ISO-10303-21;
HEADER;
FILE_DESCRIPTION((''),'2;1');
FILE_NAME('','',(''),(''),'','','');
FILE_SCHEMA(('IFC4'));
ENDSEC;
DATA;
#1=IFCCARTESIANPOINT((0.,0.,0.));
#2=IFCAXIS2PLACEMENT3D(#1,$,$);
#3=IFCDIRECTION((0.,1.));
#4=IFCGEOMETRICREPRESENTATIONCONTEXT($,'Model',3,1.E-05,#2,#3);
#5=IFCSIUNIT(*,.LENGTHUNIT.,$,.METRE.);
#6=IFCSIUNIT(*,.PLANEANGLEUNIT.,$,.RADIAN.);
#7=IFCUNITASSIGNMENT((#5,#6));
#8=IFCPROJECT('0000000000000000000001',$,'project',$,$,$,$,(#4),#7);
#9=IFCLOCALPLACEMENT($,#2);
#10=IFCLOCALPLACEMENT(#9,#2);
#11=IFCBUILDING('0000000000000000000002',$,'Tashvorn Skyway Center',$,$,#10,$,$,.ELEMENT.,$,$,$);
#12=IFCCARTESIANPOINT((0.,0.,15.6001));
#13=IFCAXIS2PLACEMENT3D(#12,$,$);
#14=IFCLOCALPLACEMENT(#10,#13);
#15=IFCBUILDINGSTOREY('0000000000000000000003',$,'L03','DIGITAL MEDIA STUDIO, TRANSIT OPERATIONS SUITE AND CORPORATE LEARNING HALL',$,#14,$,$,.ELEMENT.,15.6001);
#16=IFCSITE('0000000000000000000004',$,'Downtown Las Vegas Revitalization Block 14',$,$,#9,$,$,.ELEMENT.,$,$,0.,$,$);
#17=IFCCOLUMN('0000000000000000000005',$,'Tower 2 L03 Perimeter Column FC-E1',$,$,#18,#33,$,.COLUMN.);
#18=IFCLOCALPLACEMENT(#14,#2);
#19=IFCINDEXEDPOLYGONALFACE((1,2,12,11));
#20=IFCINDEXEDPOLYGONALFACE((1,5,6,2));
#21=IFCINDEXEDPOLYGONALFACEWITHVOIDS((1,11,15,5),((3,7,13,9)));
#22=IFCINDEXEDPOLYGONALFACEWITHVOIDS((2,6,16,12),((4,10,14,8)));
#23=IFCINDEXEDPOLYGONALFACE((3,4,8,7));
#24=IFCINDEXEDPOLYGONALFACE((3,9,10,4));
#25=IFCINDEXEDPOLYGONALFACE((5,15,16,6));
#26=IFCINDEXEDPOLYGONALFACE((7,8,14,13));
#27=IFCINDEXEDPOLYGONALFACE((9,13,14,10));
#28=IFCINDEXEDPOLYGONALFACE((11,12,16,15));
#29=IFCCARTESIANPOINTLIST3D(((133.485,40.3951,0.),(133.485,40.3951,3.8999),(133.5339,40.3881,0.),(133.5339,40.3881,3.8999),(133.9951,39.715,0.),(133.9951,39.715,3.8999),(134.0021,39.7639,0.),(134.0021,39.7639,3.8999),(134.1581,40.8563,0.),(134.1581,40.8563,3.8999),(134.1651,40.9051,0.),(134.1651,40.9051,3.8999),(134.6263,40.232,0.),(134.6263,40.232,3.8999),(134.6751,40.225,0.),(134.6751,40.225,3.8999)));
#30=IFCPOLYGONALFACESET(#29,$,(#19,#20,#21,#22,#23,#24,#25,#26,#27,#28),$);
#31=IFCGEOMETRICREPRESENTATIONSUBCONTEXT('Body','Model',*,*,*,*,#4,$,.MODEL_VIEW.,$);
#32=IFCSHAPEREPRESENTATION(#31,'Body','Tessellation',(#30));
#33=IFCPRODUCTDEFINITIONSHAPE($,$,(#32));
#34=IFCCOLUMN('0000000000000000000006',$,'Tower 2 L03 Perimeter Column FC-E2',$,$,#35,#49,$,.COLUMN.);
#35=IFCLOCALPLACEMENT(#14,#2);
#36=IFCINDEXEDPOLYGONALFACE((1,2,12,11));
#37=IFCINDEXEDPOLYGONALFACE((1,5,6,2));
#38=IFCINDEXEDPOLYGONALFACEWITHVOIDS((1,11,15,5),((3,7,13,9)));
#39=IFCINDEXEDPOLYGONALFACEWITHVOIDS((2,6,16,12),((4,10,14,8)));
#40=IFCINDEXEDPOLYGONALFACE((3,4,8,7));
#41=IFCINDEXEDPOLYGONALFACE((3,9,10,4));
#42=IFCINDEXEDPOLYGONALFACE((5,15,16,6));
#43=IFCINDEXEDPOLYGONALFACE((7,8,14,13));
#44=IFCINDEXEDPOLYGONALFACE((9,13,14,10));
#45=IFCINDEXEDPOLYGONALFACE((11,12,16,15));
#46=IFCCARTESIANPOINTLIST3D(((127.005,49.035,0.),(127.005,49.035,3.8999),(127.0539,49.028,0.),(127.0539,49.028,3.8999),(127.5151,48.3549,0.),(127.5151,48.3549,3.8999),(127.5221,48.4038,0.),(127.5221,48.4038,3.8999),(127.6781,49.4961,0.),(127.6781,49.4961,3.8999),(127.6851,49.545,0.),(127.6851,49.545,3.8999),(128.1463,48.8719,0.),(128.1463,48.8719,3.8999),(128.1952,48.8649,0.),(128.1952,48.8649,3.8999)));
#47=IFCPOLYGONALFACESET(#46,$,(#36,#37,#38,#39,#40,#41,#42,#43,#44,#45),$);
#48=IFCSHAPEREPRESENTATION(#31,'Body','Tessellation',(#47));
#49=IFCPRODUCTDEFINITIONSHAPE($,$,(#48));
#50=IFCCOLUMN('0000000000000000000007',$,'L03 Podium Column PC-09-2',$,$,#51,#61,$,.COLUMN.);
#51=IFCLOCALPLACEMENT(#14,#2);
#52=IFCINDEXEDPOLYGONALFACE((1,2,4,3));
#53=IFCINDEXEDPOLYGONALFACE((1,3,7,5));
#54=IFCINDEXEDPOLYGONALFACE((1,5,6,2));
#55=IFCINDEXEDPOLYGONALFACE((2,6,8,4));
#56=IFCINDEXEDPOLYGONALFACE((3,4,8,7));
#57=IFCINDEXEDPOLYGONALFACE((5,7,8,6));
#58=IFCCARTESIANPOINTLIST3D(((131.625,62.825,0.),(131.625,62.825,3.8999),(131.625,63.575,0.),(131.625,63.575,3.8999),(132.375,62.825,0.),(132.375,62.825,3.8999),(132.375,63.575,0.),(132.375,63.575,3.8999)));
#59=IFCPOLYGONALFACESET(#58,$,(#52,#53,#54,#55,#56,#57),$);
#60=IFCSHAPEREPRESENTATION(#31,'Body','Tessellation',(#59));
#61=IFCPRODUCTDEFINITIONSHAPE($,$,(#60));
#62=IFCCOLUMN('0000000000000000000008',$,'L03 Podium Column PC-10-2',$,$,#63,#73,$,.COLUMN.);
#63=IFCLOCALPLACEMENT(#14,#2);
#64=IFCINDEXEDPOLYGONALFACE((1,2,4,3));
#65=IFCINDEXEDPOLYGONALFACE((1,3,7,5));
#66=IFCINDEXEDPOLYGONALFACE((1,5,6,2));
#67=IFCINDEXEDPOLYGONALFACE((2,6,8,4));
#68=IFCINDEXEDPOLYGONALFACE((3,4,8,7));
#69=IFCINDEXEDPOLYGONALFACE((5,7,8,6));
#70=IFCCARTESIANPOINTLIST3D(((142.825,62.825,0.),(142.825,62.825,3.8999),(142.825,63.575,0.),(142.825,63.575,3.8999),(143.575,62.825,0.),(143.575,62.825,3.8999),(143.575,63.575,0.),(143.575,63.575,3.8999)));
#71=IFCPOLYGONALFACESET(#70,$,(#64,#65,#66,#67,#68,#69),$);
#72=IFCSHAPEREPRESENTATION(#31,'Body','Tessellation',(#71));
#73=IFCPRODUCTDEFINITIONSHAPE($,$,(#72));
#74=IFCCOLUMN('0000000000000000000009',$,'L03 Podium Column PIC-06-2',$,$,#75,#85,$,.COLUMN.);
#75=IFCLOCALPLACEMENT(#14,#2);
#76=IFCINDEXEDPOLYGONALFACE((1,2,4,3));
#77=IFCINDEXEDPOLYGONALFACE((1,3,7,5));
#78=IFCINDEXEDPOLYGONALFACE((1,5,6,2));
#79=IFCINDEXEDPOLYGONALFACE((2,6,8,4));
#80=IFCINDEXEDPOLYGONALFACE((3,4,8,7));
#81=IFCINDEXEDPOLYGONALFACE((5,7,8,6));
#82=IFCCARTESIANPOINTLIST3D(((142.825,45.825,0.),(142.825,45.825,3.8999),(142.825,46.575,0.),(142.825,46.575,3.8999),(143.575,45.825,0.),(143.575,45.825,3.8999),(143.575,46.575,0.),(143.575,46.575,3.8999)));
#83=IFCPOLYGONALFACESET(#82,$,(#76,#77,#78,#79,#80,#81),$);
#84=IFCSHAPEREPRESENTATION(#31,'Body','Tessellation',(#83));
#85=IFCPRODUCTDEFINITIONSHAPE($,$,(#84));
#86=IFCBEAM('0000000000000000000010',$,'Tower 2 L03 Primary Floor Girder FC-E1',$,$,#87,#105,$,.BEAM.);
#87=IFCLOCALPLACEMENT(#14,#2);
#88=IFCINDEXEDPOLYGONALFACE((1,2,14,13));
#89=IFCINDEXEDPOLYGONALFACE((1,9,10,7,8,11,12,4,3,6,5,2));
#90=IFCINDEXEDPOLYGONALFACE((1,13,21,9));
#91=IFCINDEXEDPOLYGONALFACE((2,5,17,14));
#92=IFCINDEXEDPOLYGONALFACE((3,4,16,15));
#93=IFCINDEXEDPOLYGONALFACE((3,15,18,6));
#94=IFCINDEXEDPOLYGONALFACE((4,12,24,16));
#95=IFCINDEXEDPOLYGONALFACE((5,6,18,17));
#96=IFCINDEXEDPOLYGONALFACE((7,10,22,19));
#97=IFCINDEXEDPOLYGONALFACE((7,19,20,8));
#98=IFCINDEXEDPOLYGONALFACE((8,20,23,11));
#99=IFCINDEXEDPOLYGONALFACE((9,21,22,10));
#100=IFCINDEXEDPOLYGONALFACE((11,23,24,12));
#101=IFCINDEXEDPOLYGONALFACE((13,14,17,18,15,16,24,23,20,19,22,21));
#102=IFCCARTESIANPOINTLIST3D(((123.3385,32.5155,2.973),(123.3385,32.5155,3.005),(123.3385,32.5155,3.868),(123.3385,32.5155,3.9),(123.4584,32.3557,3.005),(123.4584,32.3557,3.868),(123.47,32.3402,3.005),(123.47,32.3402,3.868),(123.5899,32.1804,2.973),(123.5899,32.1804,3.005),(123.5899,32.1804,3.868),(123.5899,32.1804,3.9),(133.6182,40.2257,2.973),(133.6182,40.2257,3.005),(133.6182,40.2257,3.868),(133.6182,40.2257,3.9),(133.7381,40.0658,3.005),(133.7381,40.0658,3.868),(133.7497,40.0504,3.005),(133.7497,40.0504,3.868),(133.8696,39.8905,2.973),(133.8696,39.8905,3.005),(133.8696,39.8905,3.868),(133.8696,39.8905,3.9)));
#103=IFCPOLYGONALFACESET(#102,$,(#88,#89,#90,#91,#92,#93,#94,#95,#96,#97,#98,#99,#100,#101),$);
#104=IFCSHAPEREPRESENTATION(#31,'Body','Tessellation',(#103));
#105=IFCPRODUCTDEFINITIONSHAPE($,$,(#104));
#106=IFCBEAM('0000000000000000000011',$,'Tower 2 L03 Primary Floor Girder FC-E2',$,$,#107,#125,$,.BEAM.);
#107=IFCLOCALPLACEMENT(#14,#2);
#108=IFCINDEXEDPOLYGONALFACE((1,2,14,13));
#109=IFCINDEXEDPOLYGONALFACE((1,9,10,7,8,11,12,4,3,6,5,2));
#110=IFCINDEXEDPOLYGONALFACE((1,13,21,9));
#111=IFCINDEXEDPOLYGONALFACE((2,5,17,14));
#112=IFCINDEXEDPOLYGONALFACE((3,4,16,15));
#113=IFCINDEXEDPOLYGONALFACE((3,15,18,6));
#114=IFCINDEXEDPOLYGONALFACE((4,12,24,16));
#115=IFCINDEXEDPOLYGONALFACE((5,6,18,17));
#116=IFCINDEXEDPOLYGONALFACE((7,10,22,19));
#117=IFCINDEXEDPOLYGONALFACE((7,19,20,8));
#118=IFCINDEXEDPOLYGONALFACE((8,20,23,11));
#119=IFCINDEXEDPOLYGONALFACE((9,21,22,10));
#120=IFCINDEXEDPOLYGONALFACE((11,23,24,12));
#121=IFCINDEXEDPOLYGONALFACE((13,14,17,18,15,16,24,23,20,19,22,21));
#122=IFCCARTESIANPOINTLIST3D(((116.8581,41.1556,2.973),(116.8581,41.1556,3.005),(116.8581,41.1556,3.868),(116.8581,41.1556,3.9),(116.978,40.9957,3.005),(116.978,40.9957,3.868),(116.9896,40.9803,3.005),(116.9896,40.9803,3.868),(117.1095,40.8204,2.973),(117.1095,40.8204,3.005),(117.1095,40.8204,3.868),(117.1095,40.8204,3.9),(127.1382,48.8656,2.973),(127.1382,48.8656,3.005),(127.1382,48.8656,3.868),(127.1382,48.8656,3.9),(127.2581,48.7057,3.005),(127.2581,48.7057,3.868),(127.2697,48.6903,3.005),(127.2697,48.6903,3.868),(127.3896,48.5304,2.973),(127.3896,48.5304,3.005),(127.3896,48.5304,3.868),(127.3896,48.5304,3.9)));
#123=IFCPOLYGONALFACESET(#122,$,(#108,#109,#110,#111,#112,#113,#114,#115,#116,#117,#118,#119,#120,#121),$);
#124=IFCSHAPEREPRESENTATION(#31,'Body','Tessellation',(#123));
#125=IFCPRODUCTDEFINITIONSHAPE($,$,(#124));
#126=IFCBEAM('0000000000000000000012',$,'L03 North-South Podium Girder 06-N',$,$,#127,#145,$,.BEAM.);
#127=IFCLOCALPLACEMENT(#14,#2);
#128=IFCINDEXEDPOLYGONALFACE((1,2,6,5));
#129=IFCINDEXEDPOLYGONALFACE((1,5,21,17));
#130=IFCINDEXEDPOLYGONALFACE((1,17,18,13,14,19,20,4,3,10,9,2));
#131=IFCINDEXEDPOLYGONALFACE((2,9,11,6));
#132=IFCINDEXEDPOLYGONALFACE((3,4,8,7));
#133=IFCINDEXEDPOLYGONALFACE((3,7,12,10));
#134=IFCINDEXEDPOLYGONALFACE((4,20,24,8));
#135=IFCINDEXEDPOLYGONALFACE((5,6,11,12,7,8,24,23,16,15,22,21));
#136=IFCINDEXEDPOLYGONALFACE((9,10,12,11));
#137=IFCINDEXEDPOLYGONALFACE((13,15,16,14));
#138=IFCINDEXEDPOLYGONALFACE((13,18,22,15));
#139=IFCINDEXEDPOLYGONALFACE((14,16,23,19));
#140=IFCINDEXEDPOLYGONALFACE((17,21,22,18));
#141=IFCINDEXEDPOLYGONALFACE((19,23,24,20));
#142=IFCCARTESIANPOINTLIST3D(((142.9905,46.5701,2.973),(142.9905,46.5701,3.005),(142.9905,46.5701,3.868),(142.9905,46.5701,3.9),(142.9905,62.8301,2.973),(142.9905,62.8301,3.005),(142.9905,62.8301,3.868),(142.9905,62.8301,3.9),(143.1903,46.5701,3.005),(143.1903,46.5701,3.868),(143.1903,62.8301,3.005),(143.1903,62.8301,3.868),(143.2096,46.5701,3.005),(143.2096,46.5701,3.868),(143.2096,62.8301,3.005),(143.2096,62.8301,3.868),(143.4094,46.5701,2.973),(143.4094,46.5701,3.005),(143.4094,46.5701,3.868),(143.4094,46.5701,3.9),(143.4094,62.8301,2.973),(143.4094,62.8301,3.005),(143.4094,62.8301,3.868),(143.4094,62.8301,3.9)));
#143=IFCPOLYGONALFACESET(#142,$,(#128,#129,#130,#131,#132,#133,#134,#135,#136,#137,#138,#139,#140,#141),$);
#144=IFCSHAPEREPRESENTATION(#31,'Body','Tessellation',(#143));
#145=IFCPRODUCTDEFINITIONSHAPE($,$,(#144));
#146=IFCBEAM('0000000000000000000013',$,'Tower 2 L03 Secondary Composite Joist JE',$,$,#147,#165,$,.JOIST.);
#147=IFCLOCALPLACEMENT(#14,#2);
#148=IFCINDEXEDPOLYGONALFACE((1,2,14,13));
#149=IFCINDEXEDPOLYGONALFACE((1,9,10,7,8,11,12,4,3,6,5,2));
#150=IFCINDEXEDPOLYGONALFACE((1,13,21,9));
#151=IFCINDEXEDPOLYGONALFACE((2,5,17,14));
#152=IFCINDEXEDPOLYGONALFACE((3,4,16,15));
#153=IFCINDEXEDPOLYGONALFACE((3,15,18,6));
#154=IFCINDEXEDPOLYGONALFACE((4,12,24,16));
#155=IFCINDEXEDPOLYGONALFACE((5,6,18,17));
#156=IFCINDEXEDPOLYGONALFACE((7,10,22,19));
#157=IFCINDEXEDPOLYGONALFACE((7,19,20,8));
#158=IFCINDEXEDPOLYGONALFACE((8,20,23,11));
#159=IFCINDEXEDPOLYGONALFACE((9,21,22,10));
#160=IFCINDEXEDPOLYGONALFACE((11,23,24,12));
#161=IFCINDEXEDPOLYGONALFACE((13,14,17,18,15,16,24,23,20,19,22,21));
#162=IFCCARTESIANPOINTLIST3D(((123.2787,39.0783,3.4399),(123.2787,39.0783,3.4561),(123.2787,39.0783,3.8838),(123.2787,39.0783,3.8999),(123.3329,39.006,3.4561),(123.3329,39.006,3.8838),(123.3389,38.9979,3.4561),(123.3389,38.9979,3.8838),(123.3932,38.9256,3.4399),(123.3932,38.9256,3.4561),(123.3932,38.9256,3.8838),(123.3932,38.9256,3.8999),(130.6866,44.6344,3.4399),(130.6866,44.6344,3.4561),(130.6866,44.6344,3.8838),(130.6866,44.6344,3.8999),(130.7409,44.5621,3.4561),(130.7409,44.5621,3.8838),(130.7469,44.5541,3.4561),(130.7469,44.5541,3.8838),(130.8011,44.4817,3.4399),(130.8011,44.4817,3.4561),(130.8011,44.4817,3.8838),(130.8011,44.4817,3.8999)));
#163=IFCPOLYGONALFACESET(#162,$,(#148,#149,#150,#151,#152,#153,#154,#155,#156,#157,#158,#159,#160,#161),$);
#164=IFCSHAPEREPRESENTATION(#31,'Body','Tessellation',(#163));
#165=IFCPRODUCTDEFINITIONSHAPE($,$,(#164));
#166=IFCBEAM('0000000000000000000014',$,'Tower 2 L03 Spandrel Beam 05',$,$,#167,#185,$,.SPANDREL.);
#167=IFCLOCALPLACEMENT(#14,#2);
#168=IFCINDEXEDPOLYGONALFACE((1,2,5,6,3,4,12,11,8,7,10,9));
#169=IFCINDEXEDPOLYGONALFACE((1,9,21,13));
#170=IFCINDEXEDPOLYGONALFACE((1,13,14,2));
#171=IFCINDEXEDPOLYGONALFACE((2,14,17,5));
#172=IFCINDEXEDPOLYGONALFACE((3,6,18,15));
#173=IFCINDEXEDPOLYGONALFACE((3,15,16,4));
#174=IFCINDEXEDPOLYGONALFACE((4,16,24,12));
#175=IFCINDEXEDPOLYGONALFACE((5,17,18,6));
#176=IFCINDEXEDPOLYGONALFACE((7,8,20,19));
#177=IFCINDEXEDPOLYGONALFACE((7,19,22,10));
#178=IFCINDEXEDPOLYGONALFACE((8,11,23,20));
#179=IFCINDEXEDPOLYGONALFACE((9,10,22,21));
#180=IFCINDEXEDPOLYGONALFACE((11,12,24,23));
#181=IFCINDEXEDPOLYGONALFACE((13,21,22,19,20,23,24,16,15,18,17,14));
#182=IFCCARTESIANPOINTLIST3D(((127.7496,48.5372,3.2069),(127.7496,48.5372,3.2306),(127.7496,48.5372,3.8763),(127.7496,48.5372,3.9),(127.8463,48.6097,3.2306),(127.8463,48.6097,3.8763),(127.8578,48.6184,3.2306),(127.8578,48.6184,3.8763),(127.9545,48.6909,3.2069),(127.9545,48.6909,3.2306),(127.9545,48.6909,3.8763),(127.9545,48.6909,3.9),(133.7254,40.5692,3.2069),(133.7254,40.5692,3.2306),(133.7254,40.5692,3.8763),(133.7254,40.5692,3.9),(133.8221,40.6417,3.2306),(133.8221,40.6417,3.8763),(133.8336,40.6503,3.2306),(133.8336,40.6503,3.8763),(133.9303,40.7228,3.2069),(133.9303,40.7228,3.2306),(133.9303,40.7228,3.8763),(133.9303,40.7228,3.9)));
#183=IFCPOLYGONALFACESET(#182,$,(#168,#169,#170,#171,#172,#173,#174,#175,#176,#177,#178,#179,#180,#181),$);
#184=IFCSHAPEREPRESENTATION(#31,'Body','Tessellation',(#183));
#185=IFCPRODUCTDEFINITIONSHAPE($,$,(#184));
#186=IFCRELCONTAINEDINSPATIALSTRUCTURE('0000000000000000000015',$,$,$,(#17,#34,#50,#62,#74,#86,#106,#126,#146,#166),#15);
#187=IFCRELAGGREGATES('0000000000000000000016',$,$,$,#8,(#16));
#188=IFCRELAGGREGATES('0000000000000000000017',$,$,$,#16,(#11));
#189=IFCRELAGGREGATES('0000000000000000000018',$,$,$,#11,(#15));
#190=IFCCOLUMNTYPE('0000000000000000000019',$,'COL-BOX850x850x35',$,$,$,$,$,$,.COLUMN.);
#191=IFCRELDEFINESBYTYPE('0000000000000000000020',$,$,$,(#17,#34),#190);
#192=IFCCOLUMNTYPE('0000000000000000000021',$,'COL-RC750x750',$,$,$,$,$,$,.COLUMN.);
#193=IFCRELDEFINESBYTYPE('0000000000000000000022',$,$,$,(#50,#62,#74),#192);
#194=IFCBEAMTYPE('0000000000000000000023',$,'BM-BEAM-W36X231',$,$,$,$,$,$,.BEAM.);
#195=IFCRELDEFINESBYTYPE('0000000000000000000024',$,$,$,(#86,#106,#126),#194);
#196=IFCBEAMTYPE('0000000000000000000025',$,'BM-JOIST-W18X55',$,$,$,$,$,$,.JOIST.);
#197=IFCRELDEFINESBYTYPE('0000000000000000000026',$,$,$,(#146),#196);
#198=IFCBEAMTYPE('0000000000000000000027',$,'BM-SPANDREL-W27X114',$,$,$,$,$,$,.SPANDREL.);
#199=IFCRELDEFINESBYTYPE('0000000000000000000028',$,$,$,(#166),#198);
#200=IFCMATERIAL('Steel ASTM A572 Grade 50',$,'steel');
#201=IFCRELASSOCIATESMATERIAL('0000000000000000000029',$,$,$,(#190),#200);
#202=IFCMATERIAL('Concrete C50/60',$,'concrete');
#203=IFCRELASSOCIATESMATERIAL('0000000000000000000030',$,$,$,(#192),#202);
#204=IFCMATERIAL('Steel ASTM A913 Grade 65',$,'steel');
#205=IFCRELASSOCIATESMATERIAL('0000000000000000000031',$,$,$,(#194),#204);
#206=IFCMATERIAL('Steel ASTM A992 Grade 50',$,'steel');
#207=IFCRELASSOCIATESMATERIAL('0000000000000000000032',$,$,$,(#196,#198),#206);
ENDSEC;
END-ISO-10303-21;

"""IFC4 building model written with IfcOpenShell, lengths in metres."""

from ifc_helpers import new_model, si_unit, direction, frame, origin, origin_2d, place, context, subcontext, project, spatial, rectangle, hollow_rectangle, i_section, extrude, material, material_profile, profile_set, type_object, element, save


model = new_model("IFC4")

# Units and contexts
model_context = context("Model", 3, precision=1e-05, world=origin(), true_north=direction((0.0, 1.0)))
body_context = subcontext(model_context, "Body", "Model", "MODEL_VIEW")
ifc_project = project(units=[si_unit("LENGTHUNIT", "METRE"), si_unit("PLANEANGLEUNIT", "RADIAN")], contexts=[model_context])

# Site, building, storey
site_placement = place(None, origin())
site = spatial("IfcSite", under=ifc_project, at=site_placement, Name="Downtown Las Vegas Revitalization Block 14", CompositionType="ELEMENT", RefElevation=0.0)
building_placement = place(site_placement, origin())
building = spatial("IfcBuilding", under=site, at=building_placement, Name="Tashvorn Skyway Center", CompositionType="ELEMENT")
storey_placement = place(building_placement, frame((0.0, 0.0, 15.6001)))
storey = spatial("IfcBuildingStorey", under=building, at=storey_placement, Name="L03", Description="DIGITAL MEDIA STUDIO, TRANSIT OPERATIONS SUITE AND CORPORATE LEARNING HALL", CompositionType="ELEMENT", Elevation=15.6001)

# Columns
ifc_material_1 = material(Name="Steel ASTM A572 Grade 50", Category="steel")
ifc_material_profile_1 = material_profile(ifc_material_1, hollow_rectangle(XDim=0.8501, YDim=0.8501, WallThickness=0.0349, at=origin_2d()), Name="BOX850x850x35")
ifc_profile_set_1 = profile_set([ifc_material_profile_1], Name="Steel ASTM A572 Grade 50")
column_type_1 = type_object("IfcColumnType", Name="COL-BOX850x850x35", PredefinedType="COLUMN", material=ifc_profile_set_1)
for number, where, z_axis, x_axis, name in (
    (1, (134.0801, 40.3101, 0.0), (0.0, 0.0, 1.0), (0.8, 0.6, 0.0), "Tower 2 L03 Perimeter Column FC-E1"),
    (2, (127.6001, 48.95, 0.0), (0.0, 0.0, 1.0), (0.8, 0.6, 0.0), "Tower 2 L03 Perimeter Column FC-E2"),
):
    element("IfcColumn", number, at=place(storey_placement, frame(where, z_axis=z_axis, x_axis=x_axis)), inside=storey, type_object=column_type_1, Name=name, PredefinedType="COLUMN", context=body_context, shape_type="SweptSolid", body=[
        extrude(hollow_rectangle(XDim=0.8501, YDim=0.8501, WallThickness=0.0349, at=origin_2d()), origin(), (0.0, 0.0, 1.0), 3.8999),
    ])
ifc_material_2 = material(Name="Concrete C50/60", Category="concrete")
ifc_material_profile_2 = material_profile(ifc_material_2, rectangle(XDim=0.75, YDim=0.75, at=origin_2d()), Name="RC750x750")
ifc_profile_set_2 = profile_set([ifc_material_profile_2], Name="Concrete C50/60")
column_type_2 = type_object("IfcColumnType", Name="COL-RC750x750", PredefinedType="COLUMN", material=ifc_profile_set_2)
for number, where, z_axis, x_axis, name in (
    (3, (132.0, 63.2, 0.0), (0.0, 0.0, 1.0), (1.0, 0.0, 0.0), "L03 Podium Column PC-09-2"),
    (4, (143.2, 63.2, 0.0), (0.0, 0.0, 1.0), (1.0, 0.0, 0.0), "L03 Podium Column PC-10-2"),
    (5, (143.2, 46.2, 0.0), (0.0, 0.0, 1.0), (1.0, 0.0, 0.0), "L03 Podium Column PIC-06-2"),
):
    element("IfcColumn", number, at=place(storey_placement, frame(where, z_axis=z_axis, x_axis=x_axis)), inside=storey, type_object=column_type_2, Name=name, PredefinedType="COLUMN", context=body_context, shape_type="SweptSolid", body=[
        extrude(rectangle(XDim=0.75, YDim=0.75, at=origin_2d()), origin(), (0.0, 0.0, 1.0), 3.8999),
    ])

# Beams
ifc_material_3 = material(Name="Steel ASTM A913 Grade 65", Category="steel")
ifc_material_profile_3 = material_profile(ifc_material_3, i_section(OverallWidth=0.4189, OverallDepth=0.927, WebThickness=0.0193, FlangeThickness=0.032, at=origin_2d()), Name="W36X231")
ifc_profile_set_3 = profile_set([ifc_material_profile_3], Name="Steel ASTM A913 Grade 65")
beam_type_1 = type_object("IfcBeamType", Name="BM-BEAM-W36X231", PredefinedType="BEAM", material=ifc_profile_set_3)
beam_1_placement = place(storey_placement, frame((133.7439, 40.0581, 3.4365), z_axis=(-0.799986, -0.600018, 0.0), x_axis=(0.600018, -0.799986, 0.0)))
element("IfcBeam", 6, at=beam_1_placement, inside=storey, type_object=beam_type_1, Name="Tower 2 L03 Primary Floor Girder FC-E1", PredefinedType="BEAM", context=body_context, shape_type="SweptSolid", body=[
    extrude(i_section(OverallWidth=0.4189, OverallDepth=0.927, WebThickness=0.0193, FlangeThickness=0.032, at=origin_2d()), origin(), (0.0, 0.0, 1.0), 12.8499),
])
beam_2_placement = place(storey_placement, frame((127.2639, 48.698, 3.4365), z_axis=(-0.800002, -0.599997, 0.0), x_axis=(0.599997, -0.800002, 0.0)))
element("IfcBeam", 7, at=beam_2_placement, inside=storey, type_object=beam_type_1, Name="Tower 2 L03 Primary Floor Girder FC-E2", PredefinedType="BEAM", context=body_context, shape_type="SweptSolid", body=[
    extrude(i_section(OverallWidth=0.4189, OverallDepth=0.927, WebThickness=0.0193, FlangeThickness=0.032, at=origin_2d()), origin(), (0.0, 0.0, 1.0), 12.8501),
])
beam_3_placement = place(storey_placement, frame((143.2, 46.5701, 3.4365), z_axis=(0.0, 1.0, 0.0), x_axis=(-1.0, 0.0, 0.0)))
element("IfcBeam", 8, at=beam_3_placement, inside=storey, type_object=beam_type_1, Name="L03 North-South Podium Girder 06-N", PredefinedType="BEAM", context=body_context, shape_type="SweptSolid", body=[
    extrude(i_section(OverallWidth=0.4189, OverallDepth=0.927, WebThickness=0.0193, FlangeThickness=0.032, at=origin_2d()), origin(), (0.0, 0.0, 1.0), 16.26),
])
ifc_material_4 = material(Name="Steel ASTM A992 Grade 50", Category="steel")
ifc_material_profile_4 = material_profile(ifc_material_4, i_section(OverallWidth=0.1909, OverallDepth=0.46, WebThickness=0.01, FlangeThickness=0.0161, at=origin_2d()), Name="W18X55")
ifc_profile_set_4 = profile_set([ifc_material_profile_4], Name="Steel ASTM A992 Grade 50")
beam_type_2 = type_object("IfcBeamType", Name="BM-JOIST-W18X55", PredefinedType="JOIST", material=ifc_profile_set_4)
beam_4_placement = place(storey_placement, frame((123.3359, 39.002, 3.6699), z_axis=(0.799991, 0.600013, 0.0), x_axis=(-0.600013, 0.799991, 0.0)))
element("IfcBeam", 9, at=beam_4_placement, inside=storey, type_object=beam_type_2, Name="Tower 2 L03 Secondary Composite Joist JE", PredefinedType="JOIST", context=body_context, shape_type="SweptSolid", body=[
    extrude(i_section(OverallWidth=0.1909, OverallDepth=0.46, WebThickness=0.01, FlangeThickness=0.0161, at=origin_2d()), origin(), (0.0, 0.0, 1.0), 9.26),
])
ifc_material_profile_5 = material_profile(ifc_material_4, i_section(OverallWidth=0.2561, OverallDepth=0.6931, WebThickness=0.0144, FlangeThickness=0.0237, at=origin_2d()), Name="W27X114")
ifc_profile_set_5 = profile_set([ifc_material_profile_5], Name="Steel ASTM A992 Grade 50")
beam_type_3 = type_object("IfcBeamType", Name="BM-SPANDREL-W27X114", PredefinedType="SPANDREL", material=ifc_profile_set_5)
beam_5_placement = place(storey_placement, frame((133.8279, 40.646, 3.5535), z_axis=(-0.599988, 0.800009, 0.0), x_axis=(-0.800009, -0.599988, 0.0)))
element("IfcBeam", 10, at=beam_5_placement, inside=storey, type_object=beam_type_3, Name="Tower 2 L03 Spandrel Beam 05", PredefinedType="SPANDREL", context=body_context, shape_type="SweptSolid", body=[
    extrude(i_section(OverallWidth=0.2561, OverallDepth=0.6931, WebThickness=0.0144, FlangeThickness=0.0237, at=origin_2d()), origin(), (0.0, 0.0, 1.0), 9.96),
])

save(model, "model.ifc")
